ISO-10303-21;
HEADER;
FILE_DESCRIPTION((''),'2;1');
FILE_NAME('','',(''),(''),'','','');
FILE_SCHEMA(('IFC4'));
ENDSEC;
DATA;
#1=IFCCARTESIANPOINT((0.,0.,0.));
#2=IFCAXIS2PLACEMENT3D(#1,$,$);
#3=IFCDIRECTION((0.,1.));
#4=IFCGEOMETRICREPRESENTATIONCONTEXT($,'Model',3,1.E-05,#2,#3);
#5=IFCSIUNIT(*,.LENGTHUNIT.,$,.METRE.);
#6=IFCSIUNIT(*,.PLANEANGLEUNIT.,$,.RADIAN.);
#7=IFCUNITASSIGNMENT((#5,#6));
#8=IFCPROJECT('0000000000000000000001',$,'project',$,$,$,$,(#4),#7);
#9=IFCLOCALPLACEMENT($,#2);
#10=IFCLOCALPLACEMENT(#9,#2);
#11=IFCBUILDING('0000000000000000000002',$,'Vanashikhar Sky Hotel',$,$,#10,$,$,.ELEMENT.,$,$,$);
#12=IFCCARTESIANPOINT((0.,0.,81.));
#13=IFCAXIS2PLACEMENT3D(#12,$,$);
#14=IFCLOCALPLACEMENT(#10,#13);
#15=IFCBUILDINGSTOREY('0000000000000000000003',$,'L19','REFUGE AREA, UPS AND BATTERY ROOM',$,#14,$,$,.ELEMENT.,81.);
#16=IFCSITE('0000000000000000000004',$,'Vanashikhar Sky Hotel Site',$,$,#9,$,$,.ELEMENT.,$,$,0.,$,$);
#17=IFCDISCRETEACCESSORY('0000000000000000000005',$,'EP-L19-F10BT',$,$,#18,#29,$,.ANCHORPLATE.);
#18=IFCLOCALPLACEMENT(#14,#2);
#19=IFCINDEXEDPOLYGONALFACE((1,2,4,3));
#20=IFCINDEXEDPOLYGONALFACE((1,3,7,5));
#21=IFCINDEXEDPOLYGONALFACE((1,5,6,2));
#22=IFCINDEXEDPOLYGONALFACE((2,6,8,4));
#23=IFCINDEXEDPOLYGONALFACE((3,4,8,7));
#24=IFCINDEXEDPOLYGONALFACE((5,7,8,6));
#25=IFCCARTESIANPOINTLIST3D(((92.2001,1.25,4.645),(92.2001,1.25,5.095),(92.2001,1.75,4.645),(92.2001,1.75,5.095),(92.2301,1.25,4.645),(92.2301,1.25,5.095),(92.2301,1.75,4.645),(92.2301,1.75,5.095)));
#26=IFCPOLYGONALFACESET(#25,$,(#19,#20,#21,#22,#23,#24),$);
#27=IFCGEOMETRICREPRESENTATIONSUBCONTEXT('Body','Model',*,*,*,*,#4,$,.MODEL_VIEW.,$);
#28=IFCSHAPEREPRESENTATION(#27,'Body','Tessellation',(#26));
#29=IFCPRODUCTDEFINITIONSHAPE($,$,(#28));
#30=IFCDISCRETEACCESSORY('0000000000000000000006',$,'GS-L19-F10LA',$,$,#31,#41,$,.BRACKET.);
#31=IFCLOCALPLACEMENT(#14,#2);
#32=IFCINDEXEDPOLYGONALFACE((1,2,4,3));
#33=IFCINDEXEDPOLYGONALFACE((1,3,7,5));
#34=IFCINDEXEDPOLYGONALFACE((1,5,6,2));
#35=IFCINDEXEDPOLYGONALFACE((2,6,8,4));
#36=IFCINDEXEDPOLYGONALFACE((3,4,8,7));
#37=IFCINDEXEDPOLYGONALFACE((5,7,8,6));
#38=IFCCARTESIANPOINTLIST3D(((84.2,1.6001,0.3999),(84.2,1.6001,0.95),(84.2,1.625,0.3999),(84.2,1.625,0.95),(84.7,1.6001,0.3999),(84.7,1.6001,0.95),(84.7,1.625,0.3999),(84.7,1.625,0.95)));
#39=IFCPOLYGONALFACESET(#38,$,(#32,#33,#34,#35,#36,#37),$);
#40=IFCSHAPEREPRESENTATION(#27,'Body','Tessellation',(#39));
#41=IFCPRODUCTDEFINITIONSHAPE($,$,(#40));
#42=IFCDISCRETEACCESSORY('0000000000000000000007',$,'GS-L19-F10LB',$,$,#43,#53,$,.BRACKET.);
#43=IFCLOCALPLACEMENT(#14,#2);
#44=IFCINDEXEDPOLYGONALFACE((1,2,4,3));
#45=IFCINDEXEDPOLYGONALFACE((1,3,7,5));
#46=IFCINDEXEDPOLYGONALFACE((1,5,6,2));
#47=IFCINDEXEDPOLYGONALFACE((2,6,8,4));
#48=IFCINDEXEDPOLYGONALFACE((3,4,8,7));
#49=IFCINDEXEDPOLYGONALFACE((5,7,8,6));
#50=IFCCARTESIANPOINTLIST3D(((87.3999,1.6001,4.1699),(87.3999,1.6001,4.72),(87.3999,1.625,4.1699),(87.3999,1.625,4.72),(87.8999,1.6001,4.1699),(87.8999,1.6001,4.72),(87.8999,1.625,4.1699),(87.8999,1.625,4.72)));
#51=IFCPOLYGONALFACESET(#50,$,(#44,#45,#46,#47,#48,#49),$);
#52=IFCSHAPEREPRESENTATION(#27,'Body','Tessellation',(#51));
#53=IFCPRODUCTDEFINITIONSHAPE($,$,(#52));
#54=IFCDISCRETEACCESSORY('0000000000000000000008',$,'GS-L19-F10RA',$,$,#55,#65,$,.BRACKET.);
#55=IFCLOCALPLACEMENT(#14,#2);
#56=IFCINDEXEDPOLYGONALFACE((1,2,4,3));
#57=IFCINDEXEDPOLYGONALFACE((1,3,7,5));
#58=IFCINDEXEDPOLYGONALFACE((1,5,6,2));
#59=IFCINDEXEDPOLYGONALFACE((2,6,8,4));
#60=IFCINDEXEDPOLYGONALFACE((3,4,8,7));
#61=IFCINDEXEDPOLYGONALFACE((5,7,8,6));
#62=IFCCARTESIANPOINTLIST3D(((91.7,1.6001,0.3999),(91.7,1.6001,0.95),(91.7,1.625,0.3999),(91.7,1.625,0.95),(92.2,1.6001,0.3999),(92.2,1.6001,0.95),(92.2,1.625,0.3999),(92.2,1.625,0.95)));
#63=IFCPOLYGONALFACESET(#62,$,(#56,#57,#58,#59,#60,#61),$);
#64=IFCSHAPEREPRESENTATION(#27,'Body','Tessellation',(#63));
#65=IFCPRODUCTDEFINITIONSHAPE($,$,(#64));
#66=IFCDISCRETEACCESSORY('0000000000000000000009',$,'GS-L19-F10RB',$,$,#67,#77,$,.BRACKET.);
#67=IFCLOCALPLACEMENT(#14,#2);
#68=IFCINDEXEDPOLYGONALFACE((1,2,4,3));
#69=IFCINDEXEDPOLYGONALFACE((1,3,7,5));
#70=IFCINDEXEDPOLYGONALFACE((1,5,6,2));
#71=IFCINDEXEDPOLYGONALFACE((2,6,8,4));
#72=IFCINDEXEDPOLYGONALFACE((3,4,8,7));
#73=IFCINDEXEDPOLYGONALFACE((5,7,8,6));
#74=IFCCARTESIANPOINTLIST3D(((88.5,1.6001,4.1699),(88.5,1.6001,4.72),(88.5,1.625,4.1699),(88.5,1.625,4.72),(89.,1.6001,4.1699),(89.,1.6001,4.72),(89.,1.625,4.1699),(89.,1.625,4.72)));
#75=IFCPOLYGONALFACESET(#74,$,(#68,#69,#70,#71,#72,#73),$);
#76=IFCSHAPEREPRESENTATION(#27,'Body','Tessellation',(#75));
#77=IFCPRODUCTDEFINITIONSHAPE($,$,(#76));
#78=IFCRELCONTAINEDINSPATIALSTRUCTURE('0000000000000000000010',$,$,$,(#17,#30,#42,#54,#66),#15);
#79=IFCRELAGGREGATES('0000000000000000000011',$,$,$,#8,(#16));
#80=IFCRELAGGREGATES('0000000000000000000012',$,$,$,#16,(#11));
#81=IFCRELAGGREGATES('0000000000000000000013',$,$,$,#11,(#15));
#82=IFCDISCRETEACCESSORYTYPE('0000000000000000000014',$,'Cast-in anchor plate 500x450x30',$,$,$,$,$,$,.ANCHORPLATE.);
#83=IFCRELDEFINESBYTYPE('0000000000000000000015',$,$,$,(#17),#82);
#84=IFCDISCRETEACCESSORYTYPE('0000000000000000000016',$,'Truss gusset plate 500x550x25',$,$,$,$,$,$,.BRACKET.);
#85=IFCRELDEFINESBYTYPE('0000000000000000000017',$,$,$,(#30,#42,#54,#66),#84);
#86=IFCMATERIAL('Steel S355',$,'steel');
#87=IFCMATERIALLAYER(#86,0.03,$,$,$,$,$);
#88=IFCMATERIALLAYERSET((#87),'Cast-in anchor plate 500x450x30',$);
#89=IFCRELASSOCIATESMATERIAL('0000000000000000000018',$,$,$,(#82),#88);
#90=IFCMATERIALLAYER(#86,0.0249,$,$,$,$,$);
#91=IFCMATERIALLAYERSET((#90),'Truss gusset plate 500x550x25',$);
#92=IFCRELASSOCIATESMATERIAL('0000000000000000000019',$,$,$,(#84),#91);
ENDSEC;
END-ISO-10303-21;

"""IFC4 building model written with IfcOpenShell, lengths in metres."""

from ifc_helpers import new_model, si_unit, direction, frame, origin, origin_2d, place, context, subcontext, project, spatial, rectangle, extrude, source, transform, mapped, material, layer, layer_set, type_object, element, save


model = new_model("IFC4")

# Units and contexts
model_context = context("Model", 3, precision=1e-05, world=origin(), true_north=direction((0.0, 1.0)))
body_context = subcontext(model_context, "Body", "Model", "MODEL_VIEW")
ifc_project = project(units=[si_unit("LENGTHUNIT", "METRE"), si_unit("PLANEANGLEUNIT", "RADIAN")], contexts=[model_context])

# Site, building, storey
site_placement = place(None, origin())
site = spatial("IfcSite", under=ifc_project, at=site_placement, Name="Vanashikhar Sky Hotel Site", CompositionType="ELEMENT", RefElevation=0.0)
building_placement = place(site_placement, origin())
building = spatial("IfcBuilding", under=site, at=building_placement, Name="Vanashikhar Sky Hotel", CompositionType="ELEMENT")
storey_placement = place(building_placement, frame((0.0, 0.0, 81.0)))
storey = spatial("IfcBuildingStorey", under=building, at=storey_placement, Name="L19", Description="REFUGE AREA, UPS AND BATTERY ROOM", CompositionType="ELEMENT", Elevation=81.0)

# Shared definitions
ifc_material_1 = material(Name="Steel S355", Category="steel")

# Discrete accessories
ifc_layer_1 = layer(ifc_material_1, 0.03)
ifc_layer_set_1 = layer_set([ifc_layer_1], Name="Cast-in anchor plate 500x450x30")
discrete_accessory_type_1 = type_object("IfcDiscreteAccessoryType", Name="Cast-in anchor plate 500x450x30", PredefinedType="ANCHORPLATE", material=ifc_layer_set_1)
shared_shape_1 = source(origin(), body_context, "Body", "SweptSolid", [
    extrude(rectangle(XDim=0.03, YDim=0.5, at=origin_2d()), origin(), (0.0, 0.0, 1.0), 0.45),
])
discrete_accessory_1_placement = place(storey_placement, frame((92.2151, 1.5, 4.645), z_axis=(0.0, 0.0, 1.0), x_axis=(1.0, 0.0, 0.0)))
element("IfcDiscreteAccessory", 1, at=discrete_accessory_1_placement, inside=storey, type_object=discrete_accessory_type_1, Name="EP-L19-F10BT", PredefinedType="ANCHORPLATE", context=body_context, shape_type="MappedRepresentation", body=[
    mapped(shared_shape_1, transform((0.0, 0.0, 0.0), scale=1.0)),
])
ifc_layer_2 = layer(ifc_material_1, 0.0249)
ifc_layer_set_2 = layer_set([ifc_layer_2], Name="Truss gusset plate 500x550x25")
discrete_accessory_type_2 = type_object("IfcDiscreteAccessoryType", Name="Truss gusset plate 500x550x25", PredefinedType="BRACKET", material=ifc_layer_set_2)
shared_shape_2 = source(origin(), body_context, "Body", "SweptSolid", [
    extrude(rectangle(XDim=0.5, YDim=0.0249, at=origin_2d()), origin(), (0.0, 0.0, 1.0), 0.55),
])
for number, where, z_axis, x_axis, name in (
    (2, (84.45, 1.6125, 0.3999), (0.0, 0.0, 1.0), (1.0, 0.0, 0.0), "GS-L19-F10LA"),
    (3, (87.6499, 1.6125, 4.1699), (0.0, 0.0, 1.0), (1.0, 0.0, 0.0), "GS-L19-F10LB"),
    (4, (91.95, 1.6125, 0.3999), (0.0, 0.0, 1.0), (1.0, 0.0, 0.0), "GS-L19-F10RA"),
    (5, (88.75, 1.6125, 4.1699), (0.0, 0.0, 1.0), (1.0, 0.0, 0.0), "GS-L19-F10RB"),
):
    element("IfcDiscreteAccessory", number, at=place(storey_placement, frame(where, z_axis=z_axis, x_axis=x_axis)), inside=storey, type_object=discrete_accessory_type_2, Name=name, PredefinedType="BRACKET", context=body_context, shape_type="MappedRepresentation", body=[
        mapped(shared_shape_2, transform((0.0, 0.0, 0.0), scale=1.0)),
    ])

save(model, "model.ifc")
